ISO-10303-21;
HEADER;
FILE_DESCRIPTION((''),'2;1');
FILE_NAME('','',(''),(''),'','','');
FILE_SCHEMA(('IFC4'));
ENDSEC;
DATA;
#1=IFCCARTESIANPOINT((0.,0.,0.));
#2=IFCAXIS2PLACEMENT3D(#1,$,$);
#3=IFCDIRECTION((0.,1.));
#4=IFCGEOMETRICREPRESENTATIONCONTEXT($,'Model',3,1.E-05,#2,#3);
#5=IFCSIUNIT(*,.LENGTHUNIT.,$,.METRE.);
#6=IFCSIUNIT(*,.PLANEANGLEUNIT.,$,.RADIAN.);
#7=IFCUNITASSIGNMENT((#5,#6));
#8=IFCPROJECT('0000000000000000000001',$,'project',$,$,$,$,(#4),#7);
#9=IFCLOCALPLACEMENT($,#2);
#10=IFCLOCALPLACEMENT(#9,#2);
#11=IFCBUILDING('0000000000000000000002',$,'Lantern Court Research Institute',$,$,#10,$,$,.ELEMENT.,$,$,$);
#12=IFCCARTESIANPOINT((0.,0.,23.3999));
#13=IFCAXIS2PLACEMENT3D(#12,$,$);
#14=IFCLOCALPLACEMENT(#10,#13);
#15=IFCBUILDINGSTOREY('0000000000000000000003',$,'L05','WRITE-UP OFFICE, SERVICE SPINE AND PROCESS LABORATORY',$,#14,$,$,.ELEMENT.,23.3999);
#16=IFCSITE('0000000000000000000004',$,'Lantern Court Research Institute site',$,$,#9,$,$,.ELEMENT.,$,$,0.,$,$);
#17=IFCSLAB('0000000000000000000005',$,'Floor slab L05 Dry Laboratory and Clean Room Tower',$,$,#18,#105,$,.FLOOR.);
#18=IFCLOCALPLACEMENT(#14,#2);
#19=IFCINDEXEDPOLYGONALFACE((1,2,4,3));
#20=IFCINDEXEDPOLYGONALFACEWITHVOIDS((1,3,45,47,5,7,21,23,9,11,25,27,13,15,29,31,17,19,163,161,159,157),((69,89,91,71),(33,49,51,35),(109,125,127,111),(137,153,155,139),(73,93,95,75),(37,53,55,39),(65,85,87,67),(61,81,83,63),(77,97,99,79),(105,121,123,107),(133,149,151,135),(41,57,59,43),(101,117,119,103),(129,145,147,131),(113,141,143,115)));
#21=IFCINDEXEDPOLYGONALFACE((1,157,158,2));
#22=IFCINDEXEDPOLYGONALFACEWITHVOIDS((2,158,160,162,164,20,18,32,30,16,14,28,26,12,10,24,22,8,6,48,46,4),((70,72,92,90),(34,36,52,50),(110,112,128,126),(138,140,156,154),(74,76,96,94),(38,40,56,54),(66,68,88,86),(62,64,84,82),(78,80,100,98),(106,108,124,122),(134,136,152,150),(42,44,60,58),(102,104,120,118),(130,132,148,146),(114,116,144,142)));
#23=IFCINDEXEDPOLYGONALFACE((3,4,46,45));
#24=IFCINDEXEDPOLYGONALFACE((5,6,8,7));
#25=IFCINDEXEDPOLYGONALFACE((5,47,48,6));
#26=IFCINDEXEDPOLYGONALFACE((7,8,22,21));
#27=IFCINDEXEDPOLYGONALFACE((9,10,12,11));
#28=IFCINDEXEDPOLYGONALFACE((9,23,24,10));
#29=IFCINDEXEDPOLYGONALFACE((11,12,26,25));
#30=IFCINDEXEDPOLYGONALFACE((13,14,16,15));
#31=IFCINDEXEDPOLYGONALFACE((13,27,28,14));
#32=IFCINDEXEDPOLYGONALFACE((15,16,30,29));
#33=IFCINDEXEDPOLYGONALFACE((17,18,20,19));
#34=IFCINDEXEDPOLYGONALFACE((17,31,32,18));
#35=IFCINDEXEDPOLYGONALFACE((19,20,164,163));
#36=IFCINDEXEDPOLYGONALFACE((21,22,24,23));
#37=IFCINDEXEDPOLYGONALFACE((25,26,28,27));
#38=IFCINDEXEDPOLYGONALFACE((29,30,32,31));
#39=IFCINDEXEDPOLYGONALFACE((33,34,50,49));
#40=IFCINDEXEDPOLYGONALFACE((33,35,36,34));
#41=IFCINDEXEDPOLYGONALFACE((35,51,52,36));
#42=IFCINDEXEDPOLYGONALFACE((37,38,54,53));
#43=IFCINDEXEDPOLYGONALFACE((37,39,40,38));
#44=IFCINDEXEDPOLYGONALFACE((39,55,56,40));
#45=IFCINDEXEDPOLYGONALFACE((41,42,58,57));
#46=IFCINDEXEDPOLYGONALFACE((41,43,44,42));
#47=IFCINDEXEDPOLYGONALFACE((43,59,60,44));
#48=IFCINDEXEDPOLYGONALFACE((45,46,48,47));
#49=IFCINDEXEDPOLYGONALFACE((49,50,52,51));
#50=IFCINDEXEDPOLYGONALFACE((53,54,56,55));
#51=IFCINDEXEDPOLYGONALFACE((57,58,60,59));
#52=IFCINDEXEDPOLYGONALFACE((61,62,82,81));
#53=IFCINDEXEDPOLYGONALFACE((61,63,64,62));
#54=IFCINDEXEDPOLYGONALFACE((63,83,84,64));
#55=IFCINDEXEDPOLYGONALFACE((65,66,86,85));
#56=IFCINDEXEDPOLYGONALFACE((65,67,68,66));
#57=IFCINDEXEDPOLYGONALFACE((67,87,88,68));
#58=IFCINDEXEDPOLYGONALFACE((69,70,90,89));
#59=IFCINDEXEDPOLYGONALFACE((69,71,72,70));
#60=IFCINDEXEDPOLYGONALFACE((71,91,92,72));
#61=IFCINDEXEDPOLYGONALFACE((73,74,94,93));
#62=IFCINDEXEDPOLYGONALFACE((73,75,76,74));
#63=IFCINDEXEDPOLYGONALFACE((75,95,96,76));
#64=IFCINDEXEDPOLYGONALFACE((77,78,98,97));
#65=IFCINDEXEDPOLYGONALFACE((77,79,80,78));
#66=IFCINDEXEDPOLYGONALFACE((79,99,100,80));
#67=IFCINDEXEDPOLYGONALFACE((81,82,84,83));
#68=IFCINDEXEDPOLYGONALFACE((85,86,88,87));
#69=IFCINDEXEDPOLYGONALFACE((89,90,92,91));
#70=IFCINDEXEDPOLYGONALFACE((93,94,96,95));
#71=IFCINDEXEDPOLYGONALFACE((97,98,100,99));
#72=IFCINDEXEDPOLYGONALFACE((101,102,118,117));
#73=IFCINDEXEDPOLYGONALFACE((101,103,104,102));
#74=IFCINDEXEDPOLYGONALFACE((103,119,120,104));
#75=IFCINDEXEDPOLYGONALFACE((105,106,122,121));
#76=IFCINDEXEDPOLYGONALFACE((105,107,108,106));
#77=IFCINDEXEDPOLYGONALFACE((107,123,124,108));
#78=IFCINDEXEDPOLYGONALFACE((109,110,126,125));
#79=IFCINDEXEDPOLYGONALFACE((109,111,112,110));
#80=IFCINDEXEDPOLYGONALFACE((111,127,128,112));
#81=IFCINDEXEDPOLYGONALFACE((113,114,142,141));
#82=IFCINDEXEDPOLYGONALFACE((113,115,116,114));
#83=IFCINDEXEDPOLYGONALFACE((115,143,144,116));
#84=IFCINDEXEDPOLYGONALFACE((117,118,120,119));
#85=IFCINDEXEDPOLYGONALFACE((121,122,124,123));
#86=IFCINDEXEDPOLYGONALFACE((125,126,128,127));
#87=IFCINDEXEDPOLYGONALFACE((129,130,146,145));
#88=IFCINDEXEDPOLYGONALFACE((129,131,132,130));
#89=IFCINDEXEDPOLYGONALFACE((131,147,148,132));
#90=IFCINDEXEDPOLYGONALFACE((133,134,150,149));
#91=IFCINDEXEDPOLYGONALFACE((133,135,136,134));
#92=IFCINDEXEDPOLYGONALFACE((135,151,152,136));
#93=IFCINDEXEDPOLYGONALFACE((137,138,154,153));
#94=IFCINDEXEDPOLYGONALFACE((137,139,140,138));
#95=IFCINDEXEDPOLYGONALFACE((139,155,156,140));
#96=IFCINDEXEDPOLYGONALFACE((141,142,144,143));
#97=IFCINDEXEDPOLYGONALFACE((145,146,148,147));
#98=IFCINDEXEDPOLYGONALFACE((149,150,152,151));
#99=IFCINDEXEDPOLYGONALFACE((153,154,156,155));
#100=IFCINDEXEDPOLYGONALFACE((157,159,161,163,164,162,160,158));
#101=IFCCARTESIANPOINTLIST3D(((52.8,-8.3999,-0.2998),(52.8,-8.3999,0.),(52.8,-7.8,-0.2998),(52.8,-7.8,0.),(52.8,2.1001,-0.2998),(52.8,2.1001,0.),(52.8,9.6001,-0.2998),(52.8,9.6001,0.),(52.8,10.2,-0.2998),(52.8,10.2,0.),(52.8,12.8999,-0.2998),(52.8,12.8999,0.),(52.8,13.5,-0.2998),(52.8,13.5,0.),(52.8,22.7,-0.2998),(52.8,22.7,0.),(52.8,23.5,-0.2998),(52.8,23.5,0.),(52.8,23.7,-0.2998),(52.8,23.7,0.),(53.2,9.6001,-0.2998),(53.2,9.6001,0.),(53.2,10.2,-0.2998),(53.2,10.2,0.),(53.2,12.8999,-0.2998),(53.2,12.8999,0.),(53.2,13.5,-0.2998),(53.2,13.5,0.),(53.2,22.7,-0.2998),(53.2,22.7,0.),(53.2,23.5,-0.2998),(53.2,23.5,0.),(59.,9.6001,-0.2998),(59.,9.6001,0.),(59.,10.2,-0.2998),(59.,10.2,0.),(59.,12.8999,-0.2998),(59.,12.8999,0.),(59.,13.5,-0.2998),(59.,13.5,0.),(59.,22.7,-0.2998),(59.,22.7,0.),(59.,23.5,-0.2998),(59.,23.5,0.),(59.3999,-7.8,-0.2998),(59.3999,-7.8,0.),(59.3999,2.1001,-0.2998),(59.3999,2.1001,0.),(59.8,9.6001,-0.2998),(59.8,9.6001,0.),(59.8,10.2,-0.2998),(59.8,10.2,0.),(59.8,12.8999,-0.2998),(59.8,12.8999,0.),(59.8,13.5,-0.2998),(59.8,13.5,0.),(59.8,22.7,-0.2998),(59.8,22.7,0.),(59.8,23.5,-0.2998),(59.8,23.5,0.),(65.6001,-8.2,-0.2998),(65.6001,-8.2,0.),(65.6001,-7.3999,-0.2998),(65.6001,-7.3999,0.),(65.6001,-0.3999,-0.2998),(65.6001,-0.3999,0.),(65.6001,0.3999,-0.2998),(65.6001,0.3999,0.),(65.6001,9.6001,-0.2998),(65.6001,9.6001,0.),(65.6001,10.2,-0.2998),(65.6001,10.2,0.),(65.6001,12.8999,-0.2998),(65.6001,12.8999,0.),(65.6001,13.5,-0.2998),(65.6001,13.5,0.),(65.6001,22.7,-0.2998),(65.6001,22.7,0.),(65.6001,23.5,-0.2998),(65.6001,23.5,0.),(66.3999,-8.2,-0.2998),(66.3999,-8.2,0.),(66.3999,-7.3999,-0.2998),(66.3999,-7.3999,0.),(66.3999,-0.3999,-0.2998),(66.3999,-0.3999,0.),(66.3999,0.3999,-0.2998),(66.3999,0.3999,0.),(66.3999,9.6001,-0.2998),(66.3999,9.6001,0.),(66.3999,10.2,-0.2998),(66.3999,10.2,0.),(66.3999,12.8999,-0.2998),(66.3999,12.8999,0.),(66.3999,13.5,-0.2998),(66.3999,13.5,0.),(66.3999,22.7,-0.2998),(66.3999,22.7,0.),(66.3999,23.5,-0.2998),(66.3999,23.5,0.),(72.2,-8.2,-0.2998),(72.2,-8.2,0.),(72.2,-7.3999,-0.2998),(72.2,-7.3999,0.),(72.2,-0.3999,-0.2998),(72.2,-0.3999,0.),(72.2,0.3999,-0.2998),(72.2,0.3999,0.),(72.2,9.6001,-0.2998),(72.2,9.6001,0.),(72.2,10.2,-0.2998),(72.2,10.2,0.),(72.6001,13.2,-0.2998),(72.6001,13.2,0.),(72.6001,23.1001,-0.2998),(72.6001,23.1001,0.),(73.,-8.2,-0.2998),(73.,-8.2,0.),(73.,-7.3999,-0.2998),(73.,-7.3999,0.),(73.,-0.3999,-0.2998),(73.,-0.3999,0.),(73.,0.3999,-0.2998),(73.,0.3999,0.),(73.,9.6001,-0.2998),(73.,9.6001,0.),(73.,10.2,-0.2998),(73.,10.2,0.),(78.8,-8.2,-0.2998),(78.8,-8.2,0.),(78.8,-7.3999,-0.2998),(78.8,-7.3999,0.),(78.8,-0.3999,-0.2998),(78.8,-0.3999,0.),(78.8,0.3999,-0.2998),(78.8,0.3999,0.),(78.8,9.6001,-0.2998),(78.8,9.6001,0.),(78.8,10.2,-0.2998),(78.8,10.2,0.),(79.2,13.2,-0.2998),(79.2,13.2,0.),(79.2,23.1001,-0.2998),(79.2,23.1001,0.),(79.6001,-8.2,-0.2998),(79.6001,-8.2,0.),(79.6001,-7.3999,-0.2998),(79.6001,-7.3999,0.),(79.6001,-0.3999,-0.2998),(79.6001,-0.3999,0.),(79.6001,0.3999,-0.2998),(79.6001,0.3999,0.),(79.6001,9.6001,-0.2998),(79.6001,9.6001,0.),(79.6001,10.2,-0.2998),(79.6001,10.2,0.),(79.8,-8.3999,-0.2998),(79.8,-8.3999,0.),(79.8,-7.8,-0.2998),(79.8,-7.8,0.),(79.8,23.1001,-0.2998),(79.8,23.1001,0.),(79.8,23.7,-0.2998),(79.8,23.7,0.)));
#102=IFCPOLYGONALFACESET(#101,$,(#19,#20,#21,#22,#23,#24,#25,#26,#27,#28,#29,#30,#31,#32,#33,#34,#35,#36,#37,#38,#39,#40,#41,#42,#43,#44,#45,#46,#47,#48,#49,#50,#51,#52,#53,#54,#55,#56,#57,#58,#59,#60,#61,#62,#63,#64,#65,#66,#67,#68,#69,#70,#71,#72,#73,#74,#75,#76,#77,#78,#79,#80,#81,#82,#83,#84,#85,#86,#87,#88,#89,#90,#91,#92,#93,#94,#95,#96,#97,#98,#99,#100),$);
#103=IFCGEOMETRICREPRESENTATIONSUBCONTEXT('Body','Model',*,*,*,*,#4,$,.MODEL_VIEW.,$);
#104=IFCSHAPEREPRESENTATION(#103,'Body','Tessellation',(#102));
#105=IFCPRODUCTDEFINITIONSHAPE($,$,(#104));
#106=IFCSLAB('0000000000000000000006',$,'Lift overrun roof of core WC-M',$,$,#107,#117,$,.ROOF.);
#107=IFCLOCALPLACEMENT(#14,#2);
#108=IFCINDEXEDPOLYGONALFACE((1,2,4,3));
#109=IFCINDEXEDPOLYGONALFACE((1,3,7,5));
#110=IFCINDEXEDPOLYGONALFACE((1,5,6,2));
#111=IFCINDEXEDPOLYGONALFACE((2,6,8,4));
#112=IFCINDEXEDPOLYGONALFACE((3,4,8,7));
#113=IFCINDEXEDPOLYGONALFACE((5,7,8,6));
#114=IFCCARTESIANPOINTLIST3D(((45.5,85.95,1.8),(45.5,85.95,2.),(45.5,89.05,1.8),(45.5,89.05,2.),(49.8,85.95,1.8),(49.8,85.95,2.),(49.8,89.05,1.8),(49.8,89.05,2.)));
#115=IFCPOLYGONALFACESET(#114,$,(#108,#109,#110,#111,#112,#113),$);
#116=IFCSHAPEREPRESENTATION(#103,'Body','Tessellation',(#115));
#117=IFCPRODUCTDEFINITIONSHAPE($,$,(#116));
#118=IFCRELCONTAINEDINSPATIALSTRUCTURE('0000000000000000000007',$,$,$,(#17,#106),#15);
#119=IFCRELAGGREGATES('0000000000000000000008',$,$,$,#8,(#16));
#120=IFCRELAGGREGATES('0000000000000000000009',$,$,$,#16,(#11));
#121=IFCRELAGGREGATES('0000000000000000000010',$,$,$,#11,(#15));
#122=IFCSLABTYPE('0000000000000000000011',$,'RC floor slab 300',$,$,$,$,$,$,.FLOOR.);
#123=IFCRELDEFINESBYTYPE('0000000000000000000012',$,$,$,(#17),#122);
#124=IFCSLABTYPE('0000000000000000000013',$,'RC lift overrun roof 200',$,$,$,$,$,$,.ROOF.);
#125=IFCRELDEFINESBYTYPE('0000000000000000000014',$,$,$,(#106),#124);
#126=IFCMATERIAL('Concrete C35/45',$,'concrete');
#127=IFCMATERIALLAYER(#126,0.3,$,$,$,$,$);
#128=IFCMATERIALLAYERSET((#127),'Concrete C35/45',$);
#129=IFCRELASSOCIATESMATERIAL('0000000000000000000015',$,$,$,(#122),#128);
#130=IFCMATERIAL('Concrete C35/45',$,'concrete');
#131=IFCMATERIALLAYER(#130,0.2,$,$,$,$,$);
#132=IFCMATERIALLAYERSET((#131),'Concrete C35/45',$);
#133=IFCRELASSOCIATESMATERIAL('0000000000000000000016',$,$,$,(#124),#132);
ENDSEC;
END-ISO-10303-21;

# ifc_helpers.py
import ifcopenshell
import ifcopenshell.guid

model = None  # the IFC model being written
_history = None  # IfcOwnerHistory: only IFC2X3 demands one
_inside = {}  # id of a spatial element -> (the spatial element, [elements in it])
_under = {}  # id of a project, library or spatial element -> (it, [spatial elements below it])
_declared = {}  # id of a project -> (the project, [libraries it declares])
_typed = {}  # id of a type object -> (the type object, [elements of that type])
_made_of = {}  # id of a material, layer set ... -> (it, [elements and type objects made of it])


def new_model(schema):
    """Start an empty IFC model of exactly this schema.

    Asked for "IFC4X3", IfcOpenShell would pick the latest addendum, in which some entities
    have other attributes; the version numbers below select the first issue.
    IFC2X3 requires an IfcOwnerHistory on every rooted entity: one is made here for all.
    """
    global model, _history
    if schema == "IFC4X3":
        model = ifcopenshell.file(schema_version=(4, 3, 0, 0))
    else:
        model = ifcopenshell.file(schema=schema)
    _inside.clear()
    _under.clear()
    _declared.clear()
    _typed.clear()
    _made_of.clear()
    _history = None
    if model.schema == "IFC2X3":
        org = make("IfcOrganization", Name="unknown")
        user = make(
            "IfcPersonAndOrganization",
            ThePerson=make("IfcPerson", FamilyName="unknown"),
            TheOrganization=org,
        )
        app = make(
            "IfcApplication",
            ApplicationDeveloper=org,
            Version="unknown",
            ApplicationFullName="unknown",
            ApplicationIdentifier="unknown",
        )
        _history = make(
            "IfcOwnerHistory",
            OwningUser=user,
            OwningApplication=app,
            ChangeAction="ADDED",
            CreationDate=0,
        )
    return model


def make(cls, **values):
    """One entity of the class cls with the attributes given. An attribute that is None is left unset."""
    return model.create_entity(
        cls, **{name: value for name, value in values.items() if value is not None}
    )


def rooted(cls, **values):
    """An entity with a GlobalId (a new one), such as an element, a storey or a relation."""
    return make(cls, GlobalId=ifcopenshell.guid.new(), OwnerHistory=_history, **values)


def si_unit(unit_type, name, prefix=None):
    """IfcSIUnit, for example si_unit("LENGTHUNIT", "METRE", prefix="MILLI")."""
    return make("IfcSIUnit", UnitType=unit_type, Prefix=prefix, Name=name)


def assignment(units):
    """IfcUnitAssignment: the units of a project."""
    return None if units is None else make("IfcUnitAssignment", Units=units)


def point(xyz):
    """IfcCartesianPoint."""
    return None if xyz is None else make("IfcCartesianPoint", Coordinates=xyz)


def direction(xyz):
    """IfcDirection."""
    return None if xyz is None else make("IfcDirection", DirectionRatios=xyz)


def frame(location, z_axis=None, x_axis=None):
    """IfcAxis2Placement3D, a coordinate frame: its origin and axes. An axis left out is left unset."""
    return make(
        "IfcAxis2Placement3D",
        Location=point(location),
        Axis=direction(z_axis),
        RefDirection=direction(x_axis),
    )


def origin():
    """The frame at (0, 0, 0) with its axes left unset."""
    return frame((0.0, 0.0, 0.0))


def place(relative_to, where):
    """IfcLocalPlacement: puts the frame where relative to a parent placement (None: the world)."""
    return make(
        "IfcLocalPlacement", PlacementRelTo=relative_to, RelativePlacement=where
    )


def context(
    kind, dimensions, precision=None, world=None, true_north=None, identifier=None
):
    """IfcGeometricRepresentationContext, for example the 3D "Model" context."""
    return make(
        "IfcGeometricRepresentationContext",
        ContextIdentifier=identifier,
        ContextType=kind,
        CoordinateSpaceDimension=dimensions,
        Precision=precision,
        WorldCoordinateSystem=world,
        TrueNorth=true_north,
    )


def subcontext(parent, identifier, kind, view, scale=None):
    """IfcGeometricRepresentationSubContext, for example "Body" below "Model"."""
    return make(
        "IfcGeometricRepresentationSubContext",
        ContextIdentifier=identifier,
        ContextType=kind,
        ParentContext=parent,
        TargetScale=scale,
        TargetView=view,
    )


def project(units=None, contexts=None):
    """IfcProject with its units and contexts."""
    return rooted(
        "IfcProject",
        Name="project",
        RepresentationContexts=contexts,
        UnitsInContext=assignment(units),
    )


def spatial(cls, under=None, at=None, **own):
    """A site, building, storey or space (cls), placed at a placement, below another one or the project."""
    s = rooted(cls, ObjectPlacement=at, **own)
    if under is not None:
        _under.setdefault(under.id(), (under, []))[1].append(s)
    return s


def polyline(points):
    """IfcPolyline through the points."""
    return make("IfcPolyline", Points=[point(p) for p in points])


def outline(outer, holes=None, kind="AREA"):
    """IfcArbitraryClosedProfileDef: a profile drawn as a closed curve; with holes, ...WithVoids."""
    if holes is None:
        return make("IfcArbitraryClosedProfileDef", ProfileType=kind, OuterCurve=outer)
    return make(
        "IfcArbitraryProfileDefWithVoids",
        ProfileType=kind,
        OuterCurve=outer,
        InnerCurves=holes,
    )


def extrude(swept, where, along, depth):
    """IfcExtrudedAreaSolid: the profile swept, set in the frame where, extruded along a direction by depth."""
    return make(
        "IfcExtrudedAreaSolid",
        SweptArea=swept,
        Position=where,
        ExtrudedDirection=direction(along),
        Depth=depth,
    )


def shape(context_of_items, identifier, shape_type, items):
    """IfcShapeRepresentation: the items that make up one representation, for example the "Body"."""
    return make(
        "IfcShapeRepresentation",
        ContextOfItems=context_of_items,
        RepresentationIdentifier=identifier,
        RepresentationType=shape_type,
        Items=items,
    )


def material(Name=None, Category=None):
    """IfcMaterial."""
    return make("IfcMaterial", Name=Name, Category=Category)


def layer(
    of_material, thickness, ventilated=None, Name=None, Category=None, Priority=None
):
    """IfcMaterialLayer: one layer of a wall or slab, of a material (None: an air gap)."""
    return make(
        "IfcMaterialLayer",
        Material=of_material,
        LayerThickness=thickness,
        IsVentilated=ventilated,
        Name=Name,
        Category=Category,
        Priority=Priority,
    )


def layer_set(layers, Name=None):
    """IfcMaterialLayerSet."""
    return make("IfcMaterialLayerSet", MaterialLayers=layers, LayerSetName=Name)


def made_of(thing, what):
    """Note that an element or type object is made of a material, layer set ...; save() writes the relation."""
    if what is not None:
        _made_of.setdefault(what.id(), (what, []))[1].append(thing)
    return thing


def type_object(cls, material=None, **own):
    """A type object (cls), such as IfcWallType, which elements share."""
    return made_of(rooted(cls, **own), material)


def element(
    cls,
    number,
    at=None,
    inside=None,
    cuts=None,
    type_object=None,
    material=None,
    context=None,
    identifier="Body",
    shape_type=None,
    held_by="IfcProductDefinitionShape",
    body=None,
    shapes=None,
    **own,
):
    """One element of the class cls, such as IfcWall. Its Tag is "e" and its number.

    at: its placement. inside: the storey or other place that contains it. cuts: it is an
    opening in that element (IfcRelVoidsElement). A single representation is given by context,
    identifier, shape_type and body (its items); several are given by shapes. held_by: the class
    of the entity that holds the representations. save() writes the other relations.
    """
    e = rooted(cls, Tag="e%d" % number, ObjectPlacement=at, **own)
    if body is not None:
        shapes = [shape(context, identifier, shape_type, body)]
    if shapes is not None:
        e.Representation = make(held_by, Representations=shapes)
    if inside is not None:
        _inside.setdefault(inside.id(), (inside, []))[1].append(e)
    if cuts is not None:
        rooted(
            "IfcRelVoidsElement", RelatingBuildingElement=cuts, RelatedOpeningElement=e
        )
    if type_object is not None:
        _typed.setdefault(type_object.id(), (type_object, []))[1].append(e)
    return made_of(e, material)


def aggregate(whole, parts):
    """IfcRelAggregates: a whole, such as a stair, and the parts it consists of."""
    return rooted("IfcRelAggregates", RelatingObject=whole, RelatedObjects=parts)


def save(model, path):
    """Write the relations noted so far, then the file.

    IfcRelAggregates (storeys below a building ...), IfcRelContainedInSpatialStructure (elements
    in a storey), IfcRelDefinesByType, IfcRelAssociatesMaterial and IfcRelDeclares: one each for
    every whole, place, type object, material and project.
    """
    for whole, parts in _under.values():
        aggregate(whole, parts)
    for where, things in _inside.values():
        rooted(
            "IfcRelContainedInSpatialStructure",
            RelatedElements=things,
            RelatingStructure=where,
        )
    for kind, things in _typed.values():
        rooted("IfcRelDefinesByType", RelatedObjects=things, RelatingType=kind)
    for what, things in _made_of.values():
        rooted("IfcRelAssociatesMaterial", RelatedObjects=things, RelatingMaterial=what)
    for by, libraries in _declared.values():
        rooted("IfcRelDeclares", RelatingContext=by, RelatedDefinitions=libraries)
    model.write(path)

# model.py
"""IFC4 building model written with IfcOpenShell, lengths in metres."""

from ifc_helpers import new_model, si_unit, direction, frame, origin, place, context, subcontext, project, spatial, polyline, outline, extrude, material, layer, layer_set, type_object, element, save


model = new_model("IFC4")

# Units and contexts
model_context = context("Model", 3, precision=1e-05, world=origin(), true_north=direction((0.0, 1.0)))
body_context = subcontext(model_context, "Body", "Model", "MODEL_VIEW")
ifc_project = project(units=[si_unit("LENGTHUNIT", "METRE"), si_unit("PLANEANGLEUNIT", "RADIAN")], contexts=[model_context])

# Site, building, storey
site_placement = place(None, origin())
site = spatial("IfcSite", under=ifc_project, at=site_placement, Name="Lantern Court Research Institute site", CompositionType="ELEMENT", RefElevation=0.0)
building_placement = place(site_placement, origin())
building = spatial("IfcBuilding", under=site, at=building_placement, Name="Lantern Court Research Institute", CompositionType="ELEMENT")
storey_placement = place(building_placement, frame((0.0, 0.0, 23.3999)))
storey = spatial("IfcBuildingStorey", under=building, at=storey_placement, Name="L05", Description="WRITE-UP OFFICE, SERVICE SPINE AND PROCESS LABORATORY", CompositionType="ELEMENT", Elevation=23.3999)

# Slabs
ifc_material_1 = material(Name="Concrete C35/45", Category="concrete")
ifc_layer_1 = layer(ifc_material_1, 0.3)
ifc_layer_set_1 = layer_set([ifc_layer_1], Name="Concrete C35/45")
slab_type_1 = type_object("IfcSlabType", Name="RC floor slab 300", PredefinedType="FLOOR", material=ifc_layer_set_1)
slab_1_placement = place(storey_placement, frame((0.0, 0.0, -0.2998)))
element("IfcSlab", 1, at=slab_1_placement, inside=storey, type_object=slab_type_1, Name="Floor slab L05 Dry Laboratory and Clean Room Tower", PredefinedType="FLOOR", context=body_context, shape_type="SweptSolid", body=[
    extrude(outline(polyline([(59.3999, -7.8), (52.8, -7.8), (52.8, -8.3999), (79.8, -8.3999), (79.8, -7.8), (79.8, 23.1001), (79.8, 23.7), (52.8, 23.7), (52.8, 23.5), (53.2, 23.5), (53.2, 22.7), (52.8, 22.7), (52.8, 13.5), (53.2, 13.5), (53.2, 12.8999), (52.8, 12.8999), (52.8, 10.2), (53.2, 10.2), (53.2, 9.6001), (52.8, 9.6001), (52.8, 2.1001), (59.3999, 2.1001), (59.3999, -7.8)]), holes=[polyline([(65.6001, -7.3999), (66.3999, -7.3999), (66.3999, -8.2), (65.6001, -8.2), (65.6001, -7.3999)]), polyline([(59.8, 10.2), (59.8, 9.6001), (59.0, 9.6001), (59.0, 10.2), (59.8, 10.2)]), polyline([(59.0, 13.5), (59.8, 13.5), (59.8, 12.8999), (59.0, 12.8999), (59.0, 13.5)]), polyline([(59.8, 23.5), (59.8, 22.7), (59.0, 22.7), (59.0, 23.5), (59.8, 23.5)]), polyline([(72.2, -7.3999), (73.0, -7.3999), (73.0, -8.2), (72.2, -8.2), (72.2, -7.3999)]), polyline([(78.8, -7.3999), (79.6001, -7.3999), (79.6001, -8.2), (78.8, -8.2), (78.8, -7.3999)]), polyline([(65.6001, 0.3999), (66.3999, 0.3999), (66.3999, -0.3999), (65.6001, -0.3999), (65.6001, 0.3999)]), polyline([(73.0, 0.3999), (73.0, -0.3999), (72.2, -0.3999), (72.2, 0.3999), (73.0, 0.3999)]), polyline([(79.6001, 0.3999), (79.6001, -0.3999), (78.8, -0.3999), (78.8, 0.3999), (79.6001, 0.3999)]), polyline([(65.6001, 10.2), (66.3999, 10.2), (66.3999, 9.6001), (65.6001, 9.6001), (65.6001, 10.2)]), polyline([(73.0, 10.2), (73.0, 9.6001), (72.2, 9.6001), (72.2, 10.2), (73.0, 10.2)]), polyline([(79.6001, 10.2), (79.6001, 9.6001), (78.8, 9.6001), (78.8, 10.2), (79.6001, 10.2)]), polyline([(65.6001, 13.5), (66.3999, 13.5), (66.3999, 12.8999), (65.6001, 12.8999), (65.6001, 13.5)]), polyline([(79.2, 23.1001), (79.2, 13.2), (72.6001, 13.2), (72.6001, 23.1001), (79.2, 23.1001)]), polyline([(66.3999, 23.5), (66.3999, 22.7), (65.6001, 22.7), (65.6001, 23.5), (66.3999, 23.5)])]), origin(), (0.0, 0.0, 1.0), 0.2998),
])
ifc_material_2 = material(Name="Concrete C35/45", Category="concrete")
ifc_layer_2 = layer(ifc_material_2, 0.2)
ifc_layer_set_2 = layer_set([ifc_layer_2], Name="Concrete C35/45")
slab_type_2 = type_object("IfcSlabType", Name="RC lift overrun roof 200", PredefinedType="ROOF", material=ifc_layer_set_2)
slab_2_placement = place(storey_placement, frame((0.0, 0.0, 1.8)))
element("IfcSlab", 2, at=slab_2_placement, inside=storey, type_object=slab_type_2, Name="Lift overrun roof of core WC-M", PredefinedType="ROOF", context=body_context, shape_type="SweptSolid", body=[
    extrude(outline(polyline([(45.5, 85.95), (49.8, 85.95), (49.8, 89.05), (45.5, 89.05), (45.5, 85.95)])), origin(), (0.0, 0.0, 1.0), 0.2),
])

save(model, "model.ifc")
